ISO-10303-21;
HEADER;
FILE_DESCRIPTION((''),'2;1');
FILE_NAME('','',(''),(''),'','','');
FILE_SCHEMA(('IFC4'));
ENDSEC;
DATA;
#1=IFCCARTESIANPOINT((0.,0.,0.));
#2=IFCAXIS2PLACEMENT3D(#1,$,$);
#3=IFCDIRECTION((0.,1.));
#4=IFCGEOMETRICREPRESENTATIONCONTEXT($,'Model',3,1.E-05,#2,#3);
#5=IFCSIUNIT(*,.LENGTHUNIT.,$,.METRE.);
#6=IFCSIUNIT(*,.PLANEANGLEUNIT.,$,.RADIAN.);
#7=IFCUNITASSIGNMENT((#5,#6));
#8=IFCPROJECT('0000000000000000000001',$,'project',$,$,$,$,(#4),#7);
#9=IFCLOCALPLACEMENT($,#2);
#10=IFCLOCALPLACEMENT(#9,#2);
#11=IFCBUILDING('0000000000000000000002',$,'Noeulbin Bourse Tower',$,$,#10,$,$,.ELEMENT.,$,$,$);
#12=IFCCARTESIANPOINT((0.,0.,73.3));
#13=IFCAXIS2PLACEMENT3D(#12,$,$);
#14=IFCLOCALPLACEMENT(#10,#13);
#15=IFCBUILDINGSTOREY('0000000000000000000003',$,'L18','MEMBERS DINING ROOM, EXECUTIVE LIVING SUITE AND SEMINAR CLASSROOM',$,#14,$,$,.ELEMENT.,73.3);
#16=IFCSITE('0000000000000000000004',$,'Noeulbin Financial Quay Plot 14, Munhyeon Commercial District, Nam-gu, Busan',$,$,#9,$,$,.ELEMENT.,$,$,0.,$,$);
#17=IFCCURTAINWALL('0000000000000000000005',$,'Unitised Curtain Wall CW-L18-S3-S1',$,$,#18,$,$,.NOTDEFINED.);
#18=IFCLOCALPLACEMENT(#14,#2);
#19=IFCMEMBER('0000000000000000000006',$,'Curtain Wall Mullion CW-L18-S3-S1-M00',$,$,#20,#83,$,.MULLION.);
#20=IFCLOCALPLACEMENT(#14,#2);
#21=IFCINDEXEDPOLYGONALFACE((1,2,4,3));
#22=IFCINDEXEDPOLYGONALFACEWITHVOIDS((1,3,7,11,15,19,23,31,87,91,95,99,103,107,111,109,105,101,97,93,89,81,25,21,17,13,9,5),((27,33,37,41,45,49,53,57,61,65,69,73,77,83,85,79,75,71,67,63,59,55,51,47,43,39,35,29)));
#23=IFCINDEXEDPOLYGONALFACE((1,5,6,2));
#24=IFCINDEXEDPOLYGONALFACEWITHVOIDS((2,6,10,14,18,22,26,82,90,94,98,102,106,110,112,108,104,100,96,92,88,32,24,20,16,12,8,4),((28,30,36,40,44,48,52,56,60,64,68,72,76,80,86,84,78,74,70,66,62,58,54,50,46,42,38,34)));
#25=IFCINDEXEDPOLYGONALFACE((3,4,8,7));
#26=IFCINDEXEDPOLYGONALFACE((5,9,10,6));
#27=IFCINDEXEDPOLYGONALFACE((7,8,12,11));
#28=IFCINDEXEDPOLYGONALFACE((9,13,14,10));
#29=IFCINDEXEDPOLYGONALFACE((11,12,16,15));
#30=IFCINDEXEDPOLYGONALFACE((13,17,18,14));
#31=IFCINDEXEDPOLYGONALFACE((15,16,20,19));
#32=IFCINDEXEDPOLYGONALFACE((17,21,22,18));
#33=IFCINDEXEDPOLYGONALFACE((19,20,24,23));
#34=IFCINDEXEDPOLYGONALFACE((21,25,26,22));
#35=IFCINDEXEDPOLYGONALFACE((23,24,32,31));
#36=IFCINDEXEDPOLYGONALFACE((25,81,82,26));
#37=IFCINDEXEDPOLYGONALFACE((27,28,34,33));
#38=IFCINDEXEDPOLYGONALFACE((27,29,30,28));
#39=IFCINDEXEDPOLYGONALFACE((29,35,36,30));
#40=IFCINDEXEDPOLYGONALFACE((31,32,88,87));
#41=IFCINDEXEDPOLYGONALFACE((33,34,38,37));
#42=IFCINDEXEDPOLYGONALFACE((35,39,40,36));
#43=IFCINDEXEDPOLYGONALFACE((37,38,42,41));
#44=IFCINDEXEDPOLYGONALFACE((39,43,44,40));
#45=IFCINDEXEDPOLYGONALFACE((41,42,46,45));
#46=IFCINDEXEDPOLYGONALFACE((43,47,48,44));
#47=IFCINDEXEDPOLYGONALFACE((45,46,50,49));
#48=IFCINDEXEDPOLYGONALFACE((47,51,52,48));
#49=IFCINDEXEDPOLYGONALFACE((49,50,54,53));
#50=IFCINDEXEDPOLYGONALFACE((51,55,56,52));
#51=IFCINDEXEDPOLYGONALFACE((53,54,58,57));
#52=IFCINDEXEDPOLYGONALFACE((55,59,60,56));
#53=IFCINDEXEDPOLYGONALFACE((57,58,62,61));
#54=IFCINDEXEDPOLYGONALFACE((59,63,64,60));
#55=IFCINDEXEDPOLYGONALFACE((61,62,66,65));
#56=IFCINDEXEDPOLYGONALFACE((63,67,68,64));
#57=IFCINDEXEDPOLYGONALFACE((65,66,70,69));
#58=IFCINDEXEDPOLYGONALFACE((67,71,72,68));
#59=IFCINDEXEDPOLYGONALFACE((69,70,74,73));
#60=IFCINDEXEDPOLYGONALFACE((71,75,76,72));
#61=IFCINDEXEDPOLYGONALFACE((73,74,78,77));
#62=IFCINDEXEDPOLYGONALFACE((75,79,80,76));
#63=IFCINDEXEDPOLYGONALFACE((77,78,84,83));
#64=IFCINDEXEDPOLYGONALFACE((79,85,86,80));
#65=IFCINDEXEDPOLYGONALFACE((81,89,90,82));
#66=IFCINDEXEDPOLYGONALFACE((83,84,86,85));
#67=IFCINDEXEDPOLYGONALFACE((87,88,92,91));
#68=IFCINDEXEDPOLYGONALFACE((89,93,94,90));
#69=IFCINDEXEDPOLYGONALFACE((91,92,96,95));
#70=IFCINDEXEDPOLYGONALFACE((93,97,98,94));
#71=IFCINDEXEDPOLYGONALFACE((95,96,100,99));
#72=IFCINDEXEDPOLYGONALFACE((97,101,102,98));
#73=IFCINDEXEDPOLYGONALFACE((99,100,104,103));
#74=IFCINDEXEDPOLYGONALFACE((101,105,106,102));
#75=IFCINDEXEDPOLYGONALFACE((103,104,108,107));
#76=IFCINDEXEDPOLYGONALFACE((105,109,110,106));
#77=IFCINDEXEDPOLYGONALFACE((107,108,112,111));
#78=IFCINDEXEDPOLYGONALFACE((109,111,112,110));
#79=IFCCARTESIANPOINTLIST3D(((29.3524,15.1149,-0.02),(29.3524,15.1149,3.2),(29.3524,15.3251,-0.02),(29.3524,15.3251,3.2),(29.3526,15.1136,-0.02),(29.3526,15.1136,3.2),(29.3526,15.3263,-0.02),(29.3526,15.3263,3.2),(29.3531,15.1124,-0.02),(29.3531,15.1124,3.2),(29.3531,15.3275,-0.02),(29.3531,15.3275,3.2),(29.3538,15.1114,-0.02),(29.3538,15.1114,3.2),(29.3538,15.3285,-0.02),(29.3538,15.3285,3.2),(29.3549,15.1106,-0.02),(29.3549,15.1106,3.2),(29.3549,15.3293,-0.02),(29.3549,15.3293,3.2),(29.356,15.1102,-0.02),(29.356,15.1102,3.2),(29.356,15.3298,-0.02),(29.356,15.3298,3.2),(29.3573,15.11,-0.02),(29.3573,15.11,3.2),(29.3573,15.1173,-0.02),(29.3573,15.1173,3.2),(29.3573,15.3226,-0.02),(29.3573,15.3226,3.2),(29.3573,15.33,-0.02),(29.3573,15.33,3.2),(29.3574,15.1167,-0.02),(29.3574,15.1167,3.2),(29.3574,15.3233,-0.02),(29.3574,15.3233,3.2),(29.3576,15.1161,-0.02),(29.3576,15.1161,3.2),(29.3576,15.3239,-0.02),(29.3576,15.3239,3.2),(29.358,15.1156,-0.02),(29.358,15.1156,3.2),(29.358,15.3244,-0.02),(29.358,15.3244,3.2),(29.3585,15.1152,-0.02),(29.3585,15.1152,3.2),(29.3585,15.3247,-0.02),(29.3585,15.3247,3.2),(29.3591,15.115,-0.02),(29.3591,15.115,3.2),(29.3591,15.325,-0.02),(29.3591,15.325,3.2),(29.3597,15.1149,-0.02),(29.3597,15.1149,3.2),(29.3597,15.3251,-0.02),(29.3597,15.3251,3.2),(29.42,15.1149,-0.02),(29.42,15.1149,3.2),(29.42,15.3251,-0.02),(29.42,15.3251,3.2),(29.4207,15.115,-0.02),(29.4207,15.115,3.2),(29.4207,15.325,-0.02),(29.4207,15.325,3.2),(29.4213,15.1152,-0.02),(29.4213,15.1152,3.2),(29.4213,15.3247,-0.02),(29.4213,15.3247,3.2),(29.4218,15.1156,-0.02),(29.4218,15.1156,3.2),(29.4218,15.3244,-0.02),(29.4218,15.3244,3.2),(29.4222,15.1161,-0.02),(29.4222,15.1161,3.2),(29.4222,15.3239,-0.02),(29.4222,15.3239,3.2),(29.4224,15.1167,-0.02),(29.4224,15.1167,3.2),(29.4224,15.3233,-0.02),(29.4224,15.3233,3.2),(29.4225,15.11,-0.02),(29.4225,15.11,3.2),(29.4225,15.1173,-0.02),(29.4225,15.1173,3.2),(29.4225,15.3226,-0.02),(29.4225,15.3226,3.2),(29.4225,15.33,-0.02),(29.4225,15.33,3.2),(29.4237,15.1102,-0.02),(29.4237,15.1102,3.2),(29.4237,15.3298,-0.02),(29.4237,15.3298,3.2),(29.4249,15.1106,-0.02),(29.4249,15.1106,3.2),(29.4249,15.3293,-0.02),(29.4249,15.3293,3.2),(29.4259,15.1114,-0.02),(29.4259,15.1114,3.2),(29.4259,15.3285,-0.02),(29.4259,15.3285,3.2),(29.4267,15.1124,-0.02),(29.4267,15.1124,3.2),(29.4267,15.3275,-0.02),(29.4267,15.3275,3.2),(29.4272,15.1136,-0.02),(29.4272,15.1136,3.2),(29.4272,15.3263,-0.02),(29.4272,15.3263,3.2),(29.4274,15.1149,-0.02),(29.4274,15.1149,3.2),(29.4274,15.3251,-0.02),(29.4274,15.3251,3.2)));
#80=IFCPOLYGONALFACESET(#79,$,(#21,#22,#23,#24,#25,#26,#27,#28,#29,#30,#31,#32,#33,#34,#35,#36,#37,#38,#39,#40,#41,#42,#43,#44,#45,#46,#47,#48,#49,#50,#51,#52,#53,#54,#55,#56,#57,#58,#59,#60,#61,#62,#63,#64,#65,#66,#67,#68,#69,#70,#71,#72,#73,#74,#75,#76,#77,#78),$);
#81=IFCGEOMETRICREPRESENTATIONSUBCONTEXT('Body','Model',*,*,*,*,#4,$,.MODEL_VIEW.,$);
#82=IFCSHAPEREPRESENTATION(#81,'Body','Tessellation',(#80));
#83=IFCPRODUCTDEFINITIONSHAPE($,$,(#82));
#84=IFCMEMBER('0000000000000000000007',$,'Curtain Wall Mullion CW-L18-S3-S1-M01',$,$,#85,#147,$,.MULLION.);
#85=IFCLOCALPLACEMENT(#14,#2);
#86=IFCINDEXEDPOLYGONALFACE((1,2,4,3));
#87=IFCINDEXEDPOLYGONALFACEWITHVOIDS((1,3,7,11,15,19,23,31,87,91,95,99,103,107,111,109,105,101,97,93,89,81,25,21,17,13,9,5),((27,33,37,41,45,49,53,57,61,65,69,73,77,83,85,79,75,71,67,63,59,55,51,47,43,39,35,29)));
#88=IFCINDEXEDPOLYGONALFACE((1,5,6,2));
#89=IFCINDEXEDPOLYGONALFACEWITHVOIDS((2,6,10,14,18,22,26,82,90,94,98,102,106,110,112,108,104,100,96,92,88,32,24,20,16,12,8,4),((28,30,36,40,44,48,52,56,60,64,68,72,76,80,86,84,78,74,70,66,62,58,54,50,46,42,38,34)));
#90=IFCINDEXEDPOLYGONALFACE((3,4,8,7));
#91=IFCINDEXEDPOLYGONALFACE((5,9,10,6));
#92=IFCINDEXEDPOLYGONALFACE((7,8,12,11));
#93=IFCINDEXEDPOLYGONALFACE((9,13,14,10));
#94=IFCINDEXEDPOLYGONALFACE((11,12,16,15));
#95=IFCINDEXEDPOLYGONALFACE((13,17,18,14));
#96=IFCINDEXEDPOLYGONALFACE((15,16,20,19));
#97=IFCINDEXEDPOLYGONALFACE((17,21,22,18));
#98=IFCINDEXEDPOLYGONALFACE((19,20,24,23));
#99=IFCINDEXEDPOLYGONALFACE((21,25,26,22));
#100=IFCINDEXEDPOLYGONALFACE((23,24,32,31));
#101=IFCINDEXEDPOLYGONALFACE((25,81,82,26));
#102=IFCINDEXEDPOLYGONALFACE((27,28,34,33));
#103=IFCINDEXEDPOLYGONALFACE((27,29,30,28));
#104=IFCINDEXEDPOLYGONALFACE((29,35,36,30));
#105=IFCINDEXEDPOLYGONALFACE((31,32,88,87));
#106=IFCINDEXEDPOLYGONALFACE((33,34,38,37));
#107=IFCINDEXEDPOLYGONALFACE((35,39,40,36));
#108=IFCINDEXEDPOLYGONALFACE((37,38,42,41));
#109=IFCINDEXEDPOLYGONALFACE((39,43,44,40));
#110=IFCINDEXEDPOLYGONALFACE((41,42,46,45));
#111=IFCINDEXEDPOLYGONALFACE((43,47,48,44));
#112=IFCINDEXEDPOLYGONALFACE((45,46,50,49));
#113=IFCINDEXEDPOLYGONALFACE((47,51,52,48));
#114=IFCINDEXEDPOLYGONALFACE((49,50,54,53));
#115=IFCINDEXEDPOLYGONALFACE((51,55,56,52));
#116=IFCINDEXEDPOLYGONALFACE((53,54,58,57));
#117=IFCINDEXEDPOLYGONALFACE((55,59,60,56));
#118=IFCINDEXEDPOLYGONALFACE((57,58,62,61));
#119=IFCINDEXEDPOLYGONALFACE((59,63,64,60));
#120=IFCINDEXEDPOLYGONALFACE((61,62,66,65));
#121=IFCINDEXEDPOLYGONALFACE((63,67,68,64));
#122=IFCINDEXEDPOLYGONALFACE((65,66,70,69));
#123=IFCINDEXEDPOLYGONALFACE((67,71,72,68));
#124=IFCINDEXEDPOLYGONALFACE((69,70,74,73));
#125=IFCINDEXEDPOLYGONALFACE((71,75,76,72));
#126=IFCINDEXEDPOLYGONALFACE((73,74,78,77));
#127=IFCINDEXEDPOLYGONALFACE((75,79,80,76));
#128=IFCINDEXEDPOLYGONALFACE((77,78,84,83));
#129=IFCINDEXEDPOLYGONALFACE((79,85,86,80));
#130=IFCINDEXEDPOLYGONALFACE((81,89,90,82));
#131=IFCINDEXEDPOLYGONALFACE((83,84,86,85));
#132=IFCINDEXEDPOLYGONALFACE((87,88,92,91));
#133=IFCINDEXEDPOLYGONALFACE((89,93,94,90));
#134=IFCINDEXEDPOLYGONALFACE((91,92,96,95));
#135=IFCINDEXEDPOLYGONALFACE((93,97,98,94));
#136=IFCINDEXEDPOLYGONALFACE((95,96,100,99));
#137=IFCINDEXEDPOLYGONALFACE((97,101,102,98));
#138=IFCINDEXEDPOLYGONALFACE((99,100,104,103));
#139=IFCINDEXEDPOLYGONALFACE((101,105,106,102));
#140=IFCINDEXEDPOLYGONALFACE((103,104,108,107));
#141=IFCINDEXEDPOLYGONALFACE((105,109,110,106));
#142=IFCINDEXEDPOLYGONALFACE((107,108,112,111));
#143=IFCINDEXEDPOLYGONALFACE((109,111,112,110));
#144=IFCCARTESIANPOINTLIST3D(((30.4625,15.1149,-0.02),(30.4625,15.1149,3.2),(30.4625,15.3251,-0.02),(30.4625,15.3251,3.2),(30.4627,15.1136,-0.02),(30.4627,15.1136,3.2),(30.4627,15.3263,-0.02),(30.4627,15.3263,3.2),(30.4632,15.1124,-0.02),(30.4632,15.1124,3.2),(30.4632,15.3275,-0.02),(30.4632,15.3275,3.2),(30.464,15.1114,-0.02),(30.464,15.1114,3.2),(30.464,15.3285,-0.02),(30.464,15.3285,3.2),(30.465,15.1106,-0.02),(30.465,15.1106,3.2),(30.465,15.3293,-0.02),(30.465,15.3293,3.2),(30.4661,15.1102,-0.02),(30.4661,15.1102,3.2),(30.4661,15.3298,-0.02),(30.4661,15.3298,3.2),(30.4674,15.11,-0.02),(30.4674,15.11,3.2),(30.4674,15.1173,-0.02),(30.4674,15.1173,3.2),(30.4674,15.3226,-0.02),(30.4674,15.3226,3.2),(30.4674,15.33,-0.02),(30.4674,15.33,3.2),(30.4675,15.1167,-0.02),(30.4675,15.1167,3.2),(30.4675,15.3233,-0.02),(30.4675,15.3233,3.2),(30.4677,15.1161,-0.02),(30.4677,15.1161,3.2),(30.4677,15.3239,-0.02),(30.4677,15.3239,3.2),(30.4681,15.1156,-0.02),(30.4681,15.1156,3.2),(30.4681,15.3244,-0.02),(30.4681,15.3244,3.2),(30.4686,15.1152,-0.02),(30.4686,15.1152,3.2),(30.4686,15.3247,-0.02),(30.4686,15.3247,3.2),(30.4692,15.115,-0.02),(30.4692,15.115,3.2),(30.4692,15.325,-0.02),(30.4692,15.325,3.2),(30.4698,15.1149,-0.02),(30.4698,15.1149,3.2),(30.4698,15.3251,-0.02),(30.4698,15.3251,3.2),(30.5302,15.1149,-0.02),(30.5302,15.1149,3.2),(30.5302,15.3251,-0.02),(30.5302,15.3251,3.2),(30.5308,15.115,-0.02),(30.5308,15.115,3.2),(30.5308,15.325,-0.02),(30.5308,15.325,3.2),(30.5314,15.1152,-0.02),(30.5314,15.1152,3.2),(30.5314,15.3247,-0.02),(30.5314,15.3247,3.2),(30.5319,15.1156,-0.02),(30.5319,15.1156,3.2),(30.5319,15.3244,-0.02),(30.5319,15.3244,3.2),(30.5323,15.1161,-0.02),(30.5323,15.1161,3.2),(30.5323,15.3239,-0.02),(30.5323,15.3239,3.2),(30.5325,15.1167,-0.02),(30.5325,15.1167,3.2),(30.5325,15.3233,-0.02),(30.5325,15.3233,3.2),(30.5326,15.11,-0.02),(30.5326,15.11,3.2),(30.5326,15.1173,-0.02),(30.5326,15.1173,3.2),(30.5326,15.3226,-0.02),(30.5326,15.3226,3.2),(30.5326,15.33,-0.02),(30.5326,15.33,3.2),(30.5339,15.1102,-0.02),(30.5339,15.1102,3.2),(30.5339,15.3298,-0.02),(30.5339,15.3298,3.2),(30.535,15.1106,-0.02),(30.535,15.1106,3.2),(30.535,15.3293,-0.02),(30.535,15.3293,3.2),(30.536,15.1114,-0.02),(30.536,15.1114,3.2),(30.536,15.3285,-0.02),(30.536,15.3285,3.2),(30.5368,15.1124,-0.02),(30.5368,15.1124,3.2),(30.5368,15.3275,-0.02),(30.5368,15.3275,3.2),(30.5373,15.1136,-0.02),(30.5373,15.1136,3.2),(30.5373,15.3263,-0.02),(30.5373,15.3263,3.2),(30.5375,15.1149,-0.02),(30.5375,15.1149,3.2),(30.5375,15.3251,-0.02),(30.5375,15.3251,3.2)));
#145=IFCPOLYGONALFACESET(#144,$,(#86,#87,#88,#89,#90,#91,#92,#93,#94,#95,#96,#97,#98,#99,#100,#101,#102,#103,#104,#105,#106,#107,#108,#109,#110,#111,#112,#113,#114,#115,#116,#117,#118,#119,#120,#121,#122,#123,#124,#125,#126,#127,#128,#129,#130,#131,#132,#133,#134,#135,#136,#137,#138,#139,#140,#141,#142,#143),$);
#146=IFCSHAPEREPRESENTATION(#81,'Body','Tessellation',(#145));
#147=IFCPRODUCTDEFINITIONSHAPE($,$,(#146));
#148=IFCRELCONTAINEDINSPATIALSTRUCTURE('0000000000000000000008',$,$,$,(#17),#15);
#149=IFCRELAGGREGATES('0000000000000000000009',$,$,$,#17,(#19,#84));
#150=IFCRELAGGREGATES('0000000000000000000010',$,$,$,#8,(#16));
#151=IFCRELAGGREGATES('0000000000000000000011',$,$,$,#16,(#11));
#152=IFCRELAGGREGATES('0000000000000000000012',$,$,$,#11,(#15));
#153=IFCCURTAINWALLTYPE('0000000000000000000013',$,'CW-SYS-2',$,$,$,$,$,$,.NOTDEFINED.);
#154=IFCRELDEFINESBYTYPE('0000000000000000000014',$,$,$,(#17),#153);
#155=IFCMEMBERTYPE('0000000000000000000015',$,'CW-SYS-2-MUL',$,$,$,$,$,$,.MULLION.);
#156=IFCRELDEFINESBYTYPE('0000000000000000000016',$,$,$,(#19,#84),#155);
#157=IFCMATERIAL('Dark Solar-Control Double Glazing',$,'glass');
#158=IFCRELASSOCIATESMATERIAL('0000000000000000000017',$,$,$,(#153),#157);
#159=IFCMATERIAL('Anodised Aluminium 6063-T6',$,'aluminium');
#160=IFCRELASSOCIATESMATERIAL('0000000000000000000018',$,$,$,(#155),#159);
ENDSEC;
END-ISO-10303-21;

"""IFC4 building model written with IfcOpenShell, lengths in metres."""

from ifc_helpers import new_model, si_unit, direction, frame, origin, origin_2d, place, context, subcontext, project, spatial, hollow_rectangle, extrude, material, material_profile, profile_set, type_object, element, aggregate, save


model = new_model("IFC4")

# Units and contexts
model_context = context("Model", 3, precision=1e-05, world=origin(), true_north=direction((0.0, 1.0)))
body_context = subcontext(model_context, "Body", "Model", "MODEL_VIEW")
ifc_project = project(units=[si_unit("LENGTHUNIT", "METRE"), si_unit("PLANEANGLEUNIT", "RADIAN")], contexts=[model_context])

# Site, building, storey
site_placement = place(None, origin())
site = spatial("IfcSite", under=ifc_project, at=site_placement, Name="Noeulbin Financial Quay Plot 14, Munhyeon Commercial District, Nam-gu, Busan", CompositionType="ELEMENT", RefElevation=0.0)
building_placement = place(site_placement, origin())
building = spatial("IfcBuilding", under=site, at=building_placement, Name="Noeulbin Bourse Tower", CompositionType="ELEMENT")
storey_placement = place(building_placement, frame((0.0, 0.0, 73.3)))
storey = spatial("IfcBuildingStorey", under=building, at=storey_placement, Name="L18", Description="MEMBERS DINING ROOM, EXECUTIVE LIVING SUITE AND SEMINAR CLASSROOM", CompositionType="ELEMENT", Elevation=73.3)

# Curtain wall, members
ifc_material_1 = material(Name="Dark Solar-Control Double Glazing", Category="glass")
curtain_wall_type = type_object("IfcCurtainWallType", Name="CW-SYS-2", PredefinedType="NOTDEFINED", material=ifc_material_1)
curtain_wall_1_placement = place(storey_placement, origin())
curtain_wall_1 = element("IfcCurtainWall", 1, at=curtain_wall_1_placement, inside=storey, type_object=curtain_wall_type, Name="Unitised Curtain Wall CW-L18-S3-S1", PredefinedType="NOTDEFINED")
ifc_material_2 = material(Name="Anodised Aluminium 6063-T6", Category="aluminium")
ifc_material_profile_1 = material_profile(ifc_material_2, hollow_rectangle(XDim=0.075, YDim=0.22, WallThickness=0.0049, InnerFilletRadius=0.0024, OuterFilletRadius=0.0049, at=origin_2d()), Name="ALU-MULL-75x220x5", Category="LoadBearing")
ifc_profile_set_1 = profile_set([ifc_material_profile_1], Name="Anodised Aluminium 6063-T6")
member_type_1 = type_object("IfcMemberType", Name="CW-SYS-2-MUL", PredefinedType="MULLION", material=ifc_profile_set_1)
member_1_placement = place(storey_placement, frame((29.3899, 15.22, -0.02), z_axis=(0.0, 0.0, 1.0), x_axis=(1.0, 0.0, 0.0)))
member_1 = element("IfcMember", 2, at=member_1_placement, type_object=member_type_1, Name="Curtain Wall Mullion CW-L18-S3-S1-M00", PredefinedType="MULLION", context=body_context, shape_type="SweptSolid", body=[
    extrude(hollow_rectangle(XDim=0.075, YDim=0.22, WallThickness=0.0049, InnerFilletRadius=0.0024, OuterFilletRadius=0.0049, at=origin_2d()), origin(), (0.0, 0.0, 1.0), 3.22),
])
member_2_placement = place(storey_placement, frame((30.5, 15.22, -0.02), z_axis=(0.0, 0.0, 1.0), x_axis=(1.0, 0.0, 0.0)))
member_2 = element("IfcMember", 3, at=member_2_placement, type_object=member_type_1, Name="Curtain Wall Mullion CW-L18-S3-S1-M01", PredefinedType="MULLION", context=body_context, shape_type="SweptSolid", body=[
    extrude(hollow_rectangle(XDim=0.075, YDim=0.22, WallThickness=0.0049, InnerFilletRadius=0.0024, OuterFilletRadius=0.0049, at=origin_2d()), origin(), (0.0, 0.0, 1.0), 3.22),
])

aggregate(curtain_wall_1, [member_1, member_2])

save(model, "model.ifc")
